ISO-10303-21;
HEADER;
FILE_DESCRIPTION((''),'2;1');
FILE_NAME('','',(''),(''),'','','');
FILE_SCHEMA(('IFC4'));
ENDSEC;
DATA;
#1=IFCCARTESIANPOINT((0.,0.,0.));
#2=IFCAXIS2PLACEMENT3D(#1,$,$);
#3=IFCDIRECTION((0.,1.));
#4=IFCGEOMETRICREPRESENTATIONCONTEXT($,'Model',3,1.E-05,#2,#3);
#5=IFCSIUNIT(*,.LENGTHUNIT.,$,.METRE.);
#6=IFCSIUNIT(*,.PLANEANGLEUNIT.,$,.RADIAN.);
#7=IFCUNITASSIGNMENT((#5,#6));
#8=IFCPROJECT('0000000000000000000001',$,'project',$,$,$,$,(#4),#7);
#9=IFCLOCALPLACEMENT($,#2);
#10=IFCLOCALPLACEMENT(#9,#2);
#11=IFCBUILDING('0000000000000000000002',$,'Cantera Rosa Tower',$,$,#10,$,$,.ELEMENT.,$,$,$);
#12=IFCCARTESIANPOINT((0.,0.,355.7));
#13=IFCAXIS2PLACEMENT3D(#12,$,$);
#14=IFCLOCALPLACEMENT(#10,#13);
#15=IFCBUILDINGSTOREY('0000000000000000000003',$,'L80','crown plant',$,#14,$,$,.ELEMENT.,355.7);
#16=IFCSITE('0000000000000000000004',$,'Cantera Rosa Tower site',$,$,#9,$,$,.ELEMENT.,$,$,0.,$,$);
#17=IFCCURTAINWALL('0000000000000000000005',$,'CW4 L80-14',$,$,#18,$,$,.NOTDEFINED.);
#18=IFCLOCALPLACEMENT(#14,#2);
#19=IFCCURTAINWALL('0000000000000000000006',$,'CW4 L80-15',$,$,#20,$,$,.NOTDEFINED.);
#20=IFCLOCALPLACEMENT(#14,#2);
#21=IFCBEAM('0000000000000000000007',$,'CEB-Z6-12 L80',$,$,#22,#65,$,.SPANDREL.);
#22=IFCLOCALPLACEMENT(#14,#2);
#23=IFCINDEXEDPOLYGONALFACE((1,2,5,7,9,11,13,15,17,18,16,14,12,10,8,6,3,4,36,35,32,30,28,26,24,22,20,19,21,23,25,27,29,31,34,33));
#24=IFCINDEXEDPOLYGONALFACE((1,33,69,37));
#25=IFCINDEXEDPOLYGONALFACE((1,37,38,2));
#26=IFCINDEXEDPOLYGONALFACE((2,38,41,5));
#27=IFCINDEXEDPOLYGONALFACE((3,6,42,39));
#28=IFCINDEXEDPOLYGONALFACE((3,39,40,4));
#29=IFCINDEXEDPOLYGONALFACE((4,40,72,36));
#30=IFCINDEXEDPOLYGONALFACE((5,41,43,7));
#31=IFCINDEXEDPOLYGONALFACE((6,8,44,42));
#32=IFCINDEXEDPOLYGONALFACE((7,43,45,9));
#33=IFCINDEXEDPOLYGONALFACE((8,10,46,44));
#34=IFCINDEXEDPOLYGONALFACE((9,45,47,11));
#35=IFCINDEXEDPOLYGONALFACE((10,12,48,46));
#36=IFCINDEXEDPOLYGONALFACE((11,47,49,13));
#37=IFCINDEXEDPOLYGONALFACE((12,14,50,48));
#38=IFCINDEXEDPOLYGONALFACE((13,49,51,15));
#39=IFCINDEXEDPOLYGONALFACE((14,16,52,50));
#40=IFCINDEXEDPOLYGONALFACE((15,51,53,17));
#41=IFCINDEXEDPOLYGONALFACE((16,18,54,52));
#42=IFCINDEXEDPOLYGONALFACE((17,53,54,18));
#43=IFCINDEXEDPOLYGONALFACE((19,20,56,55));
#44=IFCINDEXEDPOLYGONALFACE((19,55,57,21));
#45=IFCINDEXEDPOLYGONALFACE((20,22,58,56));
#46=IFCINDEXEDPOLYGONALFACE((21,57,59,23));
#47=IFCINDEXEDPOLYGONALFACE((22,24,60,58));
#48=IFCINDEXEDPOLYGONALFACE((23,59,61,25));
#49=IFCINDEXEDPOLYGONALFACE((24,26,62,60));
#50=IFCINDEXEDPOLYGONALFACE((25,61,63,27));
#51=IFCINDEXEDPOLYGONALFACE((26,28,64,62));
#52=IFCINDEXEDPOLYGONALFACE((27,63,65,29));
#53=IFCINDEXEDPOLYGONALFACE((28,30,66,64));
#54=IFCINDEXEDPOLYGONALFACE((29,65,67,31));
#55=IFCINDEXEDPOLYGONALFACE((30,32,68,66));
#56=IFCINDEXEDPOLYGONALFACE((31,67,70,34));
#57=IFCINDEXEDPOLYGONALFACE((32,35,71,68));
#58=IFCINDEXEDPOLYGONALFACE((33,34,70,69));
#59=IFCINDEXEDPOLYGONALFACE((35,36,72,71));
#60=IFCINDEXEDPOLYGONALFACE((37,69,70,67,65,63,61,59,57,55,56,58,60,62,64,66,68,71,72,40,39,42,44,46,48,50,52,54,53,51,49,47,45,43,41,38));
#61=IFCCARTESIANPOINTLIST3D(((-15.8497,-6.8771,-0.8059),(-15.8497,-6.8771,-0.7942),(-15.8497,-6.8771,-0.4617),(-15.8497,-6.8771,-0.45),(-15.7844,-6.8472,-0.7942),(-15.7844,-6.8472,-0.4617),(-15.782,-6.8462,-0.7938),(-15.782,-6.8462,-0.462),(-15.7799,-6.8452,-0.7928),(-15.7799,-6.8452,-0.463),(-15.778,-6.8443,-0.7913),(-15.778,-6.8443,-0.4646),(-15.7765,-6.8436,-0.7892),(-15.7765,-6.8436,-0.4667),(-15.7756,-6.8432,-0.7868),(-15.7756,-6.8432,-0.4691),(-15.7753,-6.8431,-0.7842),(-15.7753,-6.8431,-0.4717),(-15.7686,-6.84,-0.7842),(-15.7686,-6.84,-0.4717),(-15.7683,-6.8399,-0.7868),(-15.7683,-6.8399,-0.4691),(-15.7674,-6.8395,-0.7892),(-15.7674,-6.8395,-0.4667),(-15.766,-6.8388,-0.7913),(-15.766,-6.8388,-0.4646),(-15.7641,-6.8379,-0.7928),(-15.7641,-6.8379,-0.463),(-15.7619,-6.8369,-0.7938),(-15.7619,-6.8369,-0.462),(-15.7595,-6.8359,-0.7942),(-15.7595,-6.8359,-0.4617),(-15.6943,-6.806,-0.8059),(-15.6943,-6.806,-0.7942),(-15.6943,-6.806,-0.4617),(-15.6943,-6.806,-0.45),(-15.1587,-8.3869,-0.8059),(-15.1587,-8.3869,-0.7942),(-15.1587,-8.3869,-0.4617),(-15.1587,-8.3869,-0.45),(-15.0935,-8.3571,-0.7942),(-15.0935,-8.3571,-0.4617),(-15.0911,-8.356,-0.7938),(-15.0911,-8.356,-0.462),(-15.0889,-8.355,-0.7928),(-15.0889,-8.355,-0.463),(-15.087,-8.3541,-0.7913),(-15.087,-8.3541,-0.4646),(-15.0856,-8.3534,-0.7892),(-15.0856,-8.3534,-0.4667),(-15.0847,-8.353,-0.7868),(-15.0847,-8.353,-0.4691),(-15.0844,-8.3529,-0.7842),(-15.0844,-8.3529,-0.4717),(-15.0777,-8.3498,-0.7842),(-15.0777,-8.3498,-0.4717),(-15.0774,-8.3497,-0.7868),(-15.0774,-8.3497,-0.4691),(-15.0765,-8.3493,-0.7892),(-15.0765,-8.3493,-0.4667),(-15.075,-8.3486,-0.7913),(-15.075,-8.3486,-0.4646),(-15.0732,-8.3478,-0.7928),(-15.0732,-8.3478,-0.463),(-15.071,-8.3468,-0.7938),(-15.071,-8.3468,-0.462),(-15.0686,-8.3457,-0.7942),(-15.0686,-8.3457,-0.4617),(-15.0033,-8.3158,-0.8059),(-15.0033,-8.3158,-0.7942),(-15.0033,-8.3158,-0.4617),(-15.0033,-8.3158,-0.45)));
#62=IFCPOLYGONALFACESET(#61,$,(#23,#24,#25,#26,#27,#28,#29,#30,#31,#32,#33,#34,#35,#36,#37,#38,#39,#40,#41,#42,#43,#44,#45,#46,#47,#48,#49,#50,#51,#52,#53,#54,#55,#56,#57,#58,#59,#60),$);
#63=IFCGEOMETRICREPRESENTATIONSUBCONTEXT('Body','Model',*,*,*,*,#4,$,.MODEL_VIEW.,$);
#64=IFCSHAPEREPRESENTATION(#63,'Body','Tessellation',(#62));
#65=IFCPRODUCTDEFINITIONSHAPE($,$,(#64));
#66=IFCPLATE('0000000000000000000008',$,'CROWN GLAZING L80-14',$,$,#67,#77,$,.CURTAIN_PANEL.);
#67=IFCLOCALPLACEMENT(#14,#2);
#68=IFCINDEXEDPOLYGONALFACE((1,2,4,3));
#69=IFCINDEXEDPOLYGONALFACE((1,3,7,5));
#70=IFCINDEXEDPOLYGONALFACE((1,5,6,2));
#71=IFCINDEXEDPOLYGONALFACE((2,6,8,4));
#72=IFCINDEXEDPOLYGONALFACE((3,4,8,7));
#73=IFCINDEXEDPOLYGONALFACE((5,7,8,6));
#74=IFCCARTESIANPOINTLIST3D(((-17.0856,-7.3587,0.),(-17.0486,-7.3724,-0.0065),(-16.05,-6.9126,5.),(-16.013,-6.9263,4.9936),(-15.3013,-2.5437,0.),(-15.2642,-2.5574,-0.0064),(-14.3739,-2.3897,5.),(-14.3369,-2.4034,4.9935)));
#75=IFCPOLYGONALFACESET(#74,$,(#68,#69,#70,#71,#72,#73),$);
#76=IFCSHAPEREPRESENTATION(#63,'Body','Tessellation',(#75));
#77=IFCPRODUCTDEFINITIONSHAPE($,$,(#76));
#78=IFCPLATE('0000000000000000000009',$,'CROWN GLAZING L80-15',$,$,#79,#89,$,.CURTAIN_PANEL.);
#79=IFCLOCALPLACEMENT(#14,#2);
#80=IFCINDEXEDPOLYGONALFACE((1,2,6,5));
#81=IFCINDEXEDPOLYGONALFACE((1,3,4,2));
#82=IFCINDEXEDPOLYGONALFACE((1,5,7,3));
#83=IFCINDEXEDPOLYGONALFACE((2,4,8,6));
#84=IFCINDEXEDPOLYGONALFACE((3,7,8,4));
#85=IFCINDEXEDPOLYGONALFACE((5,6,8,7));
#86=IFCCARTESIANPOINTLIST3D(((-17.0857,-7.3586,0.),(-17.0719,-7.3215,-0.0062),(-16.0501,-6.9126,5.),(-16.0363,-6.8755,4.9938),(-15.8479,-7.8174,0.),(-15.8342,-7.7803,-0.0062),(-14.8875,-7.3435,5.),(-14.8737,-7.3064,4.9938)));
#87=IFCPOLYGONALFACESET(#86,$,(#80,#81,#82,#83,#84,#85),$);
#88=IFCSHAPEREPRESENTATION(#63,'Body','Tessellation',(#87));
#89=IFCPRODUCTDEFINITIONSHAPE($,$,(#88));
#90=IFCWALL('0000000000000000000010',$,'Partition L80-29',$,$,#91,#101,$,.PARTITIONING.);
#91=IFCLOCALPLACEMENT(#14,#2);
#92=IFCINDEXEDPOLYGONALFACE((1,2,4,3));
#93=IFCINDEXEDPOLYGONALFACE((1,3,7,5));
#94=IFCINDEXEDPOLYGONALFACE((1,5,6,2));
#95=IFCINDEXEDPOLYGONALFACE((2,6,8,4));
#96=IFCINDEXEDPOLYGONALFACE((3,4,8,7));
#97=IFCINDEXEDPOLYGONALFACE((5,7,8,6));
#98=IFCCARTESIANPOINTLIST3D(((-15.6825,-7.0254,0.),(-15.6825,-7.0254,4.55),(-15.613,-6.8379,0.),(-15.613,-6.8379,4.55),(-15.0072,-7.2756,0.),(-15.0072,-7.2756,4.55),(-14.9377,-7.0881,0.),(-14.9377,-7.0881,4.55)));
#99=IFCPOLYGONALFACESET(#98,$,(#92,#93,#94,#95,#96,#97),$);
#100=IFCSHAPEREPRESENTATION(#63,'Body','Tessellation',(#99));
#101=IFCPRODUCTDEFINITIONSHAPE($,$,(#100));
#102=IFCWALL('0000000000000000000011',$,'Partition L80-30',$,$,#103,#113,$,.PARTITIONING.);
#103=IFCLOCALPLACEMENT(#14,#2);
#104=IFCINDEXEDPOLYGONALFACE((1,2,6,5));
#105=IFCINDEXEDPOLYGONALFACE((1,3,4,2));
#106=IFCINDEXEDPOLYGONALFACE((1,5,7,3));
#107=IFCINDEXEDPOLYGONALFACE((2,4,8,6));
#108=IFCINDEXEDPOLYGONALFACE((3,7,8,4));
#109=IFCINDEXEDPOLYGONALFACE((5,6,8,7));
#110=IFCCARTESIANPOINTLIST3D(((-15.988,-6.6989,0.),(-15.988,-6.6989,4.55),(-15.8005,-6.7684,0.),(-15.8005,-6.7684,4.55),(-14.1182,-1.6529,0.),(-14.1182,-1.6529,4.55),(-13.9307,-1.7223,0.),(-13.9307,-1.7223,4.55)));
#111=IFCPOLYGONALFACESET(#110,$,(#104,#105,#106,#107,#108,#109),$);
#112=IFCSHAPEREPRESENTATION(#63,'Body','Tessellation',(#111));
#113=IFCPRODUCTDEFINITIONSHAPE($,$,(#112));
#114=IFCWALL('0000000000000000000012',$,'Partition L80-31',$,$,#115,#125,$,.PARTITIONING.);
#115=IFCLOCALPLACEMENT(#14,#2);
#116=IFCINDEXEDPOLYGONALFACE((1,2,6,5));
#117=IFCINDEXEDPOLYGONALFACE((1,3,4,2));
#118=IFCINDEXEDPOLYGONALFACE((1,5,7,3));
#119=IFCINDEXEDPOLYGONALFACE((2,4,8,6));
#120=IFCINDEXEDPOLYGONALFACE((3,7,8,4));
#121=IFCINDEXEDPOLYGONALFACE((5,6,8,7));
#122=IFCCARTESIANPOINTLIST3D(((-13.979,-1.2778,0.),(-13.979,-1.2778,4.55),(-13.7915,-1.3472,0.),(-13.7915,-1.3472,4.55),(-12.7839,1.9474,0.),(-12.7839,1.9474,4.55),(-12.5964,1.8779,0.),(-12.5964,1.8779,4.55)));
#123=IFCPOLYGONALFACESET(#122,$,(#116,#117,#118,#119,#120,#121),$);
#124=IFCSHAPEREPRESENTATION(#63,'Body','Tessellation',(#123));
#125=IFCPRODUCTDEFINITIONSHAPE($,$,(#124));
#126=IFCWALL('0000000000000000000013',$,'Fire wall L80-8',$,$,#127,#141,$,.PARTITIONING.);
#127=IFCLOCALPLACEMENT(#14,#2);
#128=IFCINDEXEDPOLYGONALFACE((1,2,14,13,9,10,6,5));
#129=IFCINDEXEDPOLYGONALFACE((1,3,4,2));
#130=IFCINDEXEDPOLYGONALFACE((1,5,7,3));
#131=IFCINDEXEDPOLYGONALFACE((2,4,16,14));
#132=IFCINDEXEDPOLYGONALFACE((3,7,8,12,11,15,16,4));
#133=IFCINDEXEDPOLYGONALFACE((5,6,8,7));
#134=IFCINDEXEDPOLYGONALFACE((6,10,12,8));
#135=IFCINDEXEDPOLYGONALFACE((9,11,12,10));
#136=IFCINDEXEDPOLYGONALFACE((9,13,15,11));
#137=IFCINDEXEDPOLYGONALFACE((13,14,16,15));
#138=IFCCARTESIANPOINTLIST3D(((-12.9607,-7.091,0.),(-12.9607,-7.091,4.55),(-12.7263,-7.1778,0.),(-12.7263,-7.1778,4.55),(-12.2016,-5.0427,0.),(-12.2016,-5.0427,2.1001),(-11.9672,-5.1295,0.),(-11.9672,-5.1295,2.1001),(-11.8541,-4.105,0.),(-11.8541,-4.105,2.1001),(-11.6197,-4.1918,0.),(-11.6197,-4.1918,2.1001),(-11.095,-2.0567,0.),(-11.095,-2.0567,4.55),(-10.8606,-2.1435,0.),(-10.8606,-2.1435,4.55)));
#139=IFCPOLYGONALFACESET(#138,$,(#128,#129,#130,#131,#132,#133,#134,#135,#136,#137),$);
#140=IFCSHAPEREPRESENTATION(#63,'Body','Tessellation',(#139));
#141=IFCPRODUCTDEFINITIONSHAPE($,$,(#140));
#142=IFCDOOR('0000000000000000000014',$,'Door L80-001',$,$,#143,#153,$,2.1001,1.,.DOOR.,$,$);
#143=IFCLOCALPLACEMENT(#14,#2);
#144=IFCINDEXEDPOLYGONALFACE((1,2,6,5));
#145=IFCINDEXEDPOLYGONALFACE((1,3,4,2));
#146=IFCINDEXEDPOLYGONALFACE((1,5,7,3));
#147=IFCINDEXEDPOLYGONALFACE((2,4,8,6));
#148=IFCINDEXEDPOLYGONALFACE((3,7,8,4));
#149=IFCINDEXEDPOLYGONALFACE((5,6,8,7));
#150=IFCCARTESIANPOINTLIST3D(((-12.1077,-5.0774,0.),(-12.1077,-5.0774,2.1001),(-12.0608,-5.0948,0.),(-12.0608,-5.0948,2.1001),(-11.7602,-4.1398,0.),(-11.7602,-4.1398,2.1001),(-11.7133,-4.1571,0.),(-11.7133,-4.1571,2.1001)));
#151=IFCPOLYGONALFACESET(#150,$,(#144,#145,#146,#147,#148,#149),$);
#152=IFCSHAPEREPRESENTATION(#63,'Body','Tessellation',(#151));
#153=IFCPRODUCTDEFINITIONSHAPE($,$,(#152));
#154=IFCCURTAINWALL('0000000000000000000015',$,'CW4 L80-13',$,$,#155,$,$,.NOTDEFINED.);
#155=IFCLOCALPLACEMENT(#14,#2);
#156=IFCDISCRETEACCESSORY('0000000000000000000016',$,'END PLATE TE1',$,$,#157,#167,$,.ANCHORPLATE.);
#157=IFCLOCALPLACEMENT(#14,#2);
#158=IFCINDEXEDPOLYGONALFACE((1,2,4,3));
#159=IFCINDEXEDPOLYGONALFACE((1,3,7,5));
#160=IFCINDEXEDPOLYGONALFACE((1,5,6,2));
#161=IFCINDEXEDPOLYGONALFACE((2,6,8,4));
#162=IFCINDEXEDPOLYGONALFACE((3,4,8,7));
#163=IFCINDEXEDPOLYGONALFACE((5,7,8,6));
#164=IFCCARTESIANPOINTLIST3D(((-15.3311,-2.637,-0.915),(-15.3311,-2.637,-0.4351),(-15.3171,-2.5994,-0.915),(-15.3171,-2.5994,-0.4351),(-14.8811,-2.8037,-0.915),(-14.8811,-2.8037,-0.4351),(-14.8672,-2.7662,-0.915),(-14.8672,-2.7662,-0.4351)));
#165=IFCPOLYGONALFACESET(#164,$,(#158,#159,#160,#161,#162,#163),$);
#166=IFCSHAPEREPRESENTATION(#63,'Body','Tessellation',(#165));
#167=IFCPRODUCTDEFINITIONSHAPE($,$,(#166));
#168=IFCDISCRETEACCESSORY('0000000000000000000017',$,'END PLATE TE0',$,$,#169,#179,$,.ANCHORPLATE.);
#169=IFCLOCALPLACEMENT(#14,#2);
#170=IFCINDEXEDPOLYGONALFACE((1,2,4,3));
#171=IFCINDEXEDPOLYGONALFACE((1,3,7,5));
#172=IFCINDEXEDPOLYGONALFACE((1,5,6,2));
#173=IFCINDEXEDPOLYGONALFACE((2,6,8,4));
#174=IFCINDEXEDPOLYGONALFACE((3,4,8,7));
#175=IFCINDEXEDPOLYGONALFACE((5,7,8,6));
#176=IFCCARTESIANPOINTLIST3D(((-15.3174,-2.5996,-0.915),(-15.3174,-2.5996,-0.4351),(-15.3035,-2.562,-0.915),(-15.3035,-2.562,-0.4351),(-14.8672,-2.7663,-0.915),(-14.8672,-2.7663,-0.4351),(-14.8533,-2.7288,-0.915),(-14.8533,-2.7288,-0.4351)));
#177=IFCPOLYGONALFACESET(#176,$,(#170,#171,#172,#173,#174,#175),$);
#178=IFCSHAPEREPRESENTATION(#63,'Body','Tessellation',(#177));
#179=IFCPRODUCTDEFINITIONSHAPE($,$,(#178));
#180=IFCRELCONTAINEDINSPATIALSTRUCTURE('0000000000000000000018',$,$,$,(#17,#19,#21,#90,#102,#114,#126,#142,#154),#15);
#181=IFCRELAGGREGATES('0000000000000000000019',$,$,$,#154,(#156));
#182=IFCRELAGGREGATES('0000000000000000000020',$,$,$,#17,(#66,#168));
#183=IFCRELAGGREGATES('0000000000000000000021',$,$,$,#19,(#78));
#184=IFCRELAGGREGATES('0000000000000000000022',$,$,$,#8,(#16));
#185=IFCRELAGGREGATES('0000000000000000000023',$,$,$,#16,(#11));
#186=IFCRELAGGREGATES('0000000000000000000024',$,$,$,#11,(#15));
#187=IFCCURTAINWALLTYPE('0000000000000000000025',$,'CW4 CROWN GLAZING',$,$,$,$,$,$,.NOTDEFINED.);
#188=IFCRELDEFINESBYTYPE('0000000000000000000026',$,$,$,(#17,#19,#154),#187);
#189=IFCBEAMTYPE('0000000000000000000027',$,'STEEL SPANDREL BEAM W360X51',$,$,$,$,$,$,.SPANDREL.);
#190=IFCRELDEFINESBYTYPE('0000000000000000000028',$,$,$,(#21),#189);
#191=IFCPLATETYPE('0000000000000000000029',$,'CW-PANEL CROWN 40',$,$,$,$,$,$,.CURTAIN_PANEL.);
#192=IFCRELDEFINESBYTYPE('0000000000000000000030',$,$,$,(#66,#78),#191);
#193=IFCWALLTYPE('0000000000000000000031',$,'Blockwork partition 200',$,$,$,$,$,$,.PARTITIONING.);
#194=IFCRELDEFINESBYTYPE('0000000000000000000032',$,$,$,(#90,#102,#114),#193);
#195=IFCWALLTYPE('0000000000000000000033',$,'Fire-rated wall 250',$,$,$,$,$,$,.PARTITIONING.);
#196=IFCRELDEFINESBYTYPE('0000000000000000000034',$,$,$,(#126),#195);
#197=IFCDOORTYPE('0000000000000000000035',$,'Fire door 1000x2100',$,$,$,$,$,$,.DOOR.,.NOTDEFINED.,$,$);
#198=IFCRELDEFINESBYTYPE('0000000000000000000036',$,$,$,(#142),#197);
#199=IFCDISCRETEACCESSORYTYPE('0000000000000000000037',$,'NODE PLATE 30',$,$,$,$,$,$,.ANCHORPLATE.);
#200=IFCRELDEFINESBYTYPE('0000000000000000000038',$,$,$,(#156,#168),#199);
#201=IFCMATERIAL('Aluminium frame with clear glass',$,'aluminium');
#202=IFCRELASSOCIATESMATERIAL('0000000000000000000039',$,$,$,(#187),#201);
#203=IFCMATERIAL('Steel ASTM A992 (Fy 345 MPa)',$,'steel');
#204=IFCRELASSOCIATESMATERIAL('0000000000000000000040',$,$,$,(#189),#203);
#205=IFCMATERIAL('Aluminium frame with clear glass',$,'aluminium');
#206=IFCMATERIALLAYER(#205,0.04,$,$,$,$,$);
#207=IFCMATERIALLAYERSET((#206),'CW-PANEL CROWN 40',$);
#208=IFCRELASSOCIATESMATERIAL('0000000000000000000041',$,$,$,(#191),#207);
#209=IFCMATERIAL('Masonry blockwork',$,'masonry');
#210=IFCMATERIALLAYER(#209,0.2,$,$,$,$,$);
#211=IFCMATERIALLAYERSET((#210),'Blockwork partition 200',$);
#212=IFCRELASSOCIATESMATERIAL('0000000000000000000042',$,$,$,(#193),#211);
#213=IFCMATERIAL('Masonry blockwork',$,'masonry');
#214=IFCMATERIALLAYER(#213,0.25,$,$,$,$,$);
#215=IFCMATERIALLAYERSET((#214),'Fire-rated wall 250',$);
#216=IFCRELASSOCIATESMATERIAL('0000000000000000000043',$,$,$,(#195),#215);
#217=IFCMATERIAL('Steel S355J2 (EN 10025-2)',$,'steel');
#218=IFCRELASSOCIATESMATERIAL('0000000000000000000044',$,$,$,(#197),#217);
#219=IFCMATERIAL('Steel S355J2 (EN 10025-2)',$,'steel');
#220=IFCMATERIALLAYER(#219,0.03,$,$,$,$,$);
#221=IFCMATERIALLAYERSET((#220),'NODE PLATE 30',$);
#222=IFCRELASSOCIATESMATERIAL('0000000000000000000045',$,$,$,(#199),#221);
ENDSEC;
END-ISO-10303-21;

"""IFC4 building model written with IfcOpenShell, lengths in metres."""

from ifc_helpers import new_model, si_unit, direction, frame, frame_2d, origin, origin_2d, place, context, subcontext, project, spatial, polyline, rectangle, i_section, outline, extrude, material, layer, layer_set, material_profile, profile_set, type_object, element, fill, aggregate, save


model = new_model("IFC4")

# Units and contexts
model_context = context("Model", 3, precision=1e-05, world=origin(), true_north=direction((0.0, 1.0)))
body_context = subcontext(model_context, "Body", "Model", "MODEL_VIEW")
ifc_project = project(units=[si_unit("LENGTHUNIT", "METRE"), si_unit("PLANEANGLEUNIT", "RADIAN")], contexts=[model_context])

# Site, building, storey
site_placement = place(None, origin())
site = spatial("IfcSite", under=ifc_project, at=site_placement, Name="Cantera Rosa Tower site", CompositionType="ELEMENT", RefElevation=0.0)
building_placement = place(site_placement, origin())
building = spatial("IfcBuilding", under=site, at=building_placement, Name="Cantera Rosa Tower", CompositionType="ELEMENT")
storey_placement = place(building_placement, frame((0.0, 0.0, 355.7)))
storey = spatial("IfcBuildingStorey", under=building, at=storey_placement, Name="L80", Description="crown plant", CompositionType="ELEMENT", Elevation=355.7)

# Curtain walls
ifc_material_1 = material(Name="Aluminium frame with clear glass", Category="aluminium")
curtain_wall_type = type_object("IfcCurtainWallType", Name="CW4 CROWN GLAZING", PredefinedType="NOTDEFINED", material=ifc_material_1)
curtain_wall_1_placement = place(storey_placement, origin())
curtain_wall_1 = element("IfcCurtainWall", 1, at=curtain_wall_1_placement, inside=storey, type_object=curtain_wall_type, Name="CW4 L80-14", PredefinedType="NOTDEFINED")
curtain_wall_2_placement = place(storey_placement, origin())
curtain_wall_2 = element("IfcCurtainWall", 2, at=curtain_wall_2_placement, inside=storey, type_object=curtain_wall_type, Name="CW4 L80-15", PredefinedType="NOTDEFINED")

# Beam
ifc_material_2 = material(Name="Steel ASTM A992 (Fy 345 MPa)", Category="steel")
ifc_material_profile_1 = material_profile(ifc_material_2, i_section(OverallWidth=0.1709, OverallDepth=0.356, WebThickness=0.0073, FlangeThickness=0.0117, FilletRadius=0.01, at=origin_2d()), Name="W360X51")
ifc_profile_set_1 = profile_set([ifc_material_profile_1], Name="Steel ASTM A992 (Fy 345 MPa)")
beam_type_1 = type_object("IfcBeamType", Name="STEEL SPANDREL BEAM W360X51", PredefinedType="SPANDREL", material=ifc_profile_set_1)
beam_1_placement = place(storey_placement, frame((-15.772, -6.8416, -0.6279), z_axis=(0.416128, -0.909306, 0.0), x_axis=(0.909306, 0.416128, 0.0)))
element("IfcBeam", 3, at=beam_1_placement, inside=storey, type_object=beam_type_1, Name="CEB-Z6-12 L80", PredefinedType="SPANDREL", context=body_context, shape_type="SweptSolid", body=[
    extrude(i_section(OverallWidth=0.1709, OverallDepth=0.356, WebThickness=0.0073, FlangeThickness=0.0117, FilletRadius=0.01, at=origin_2d()), origin(), (0.0, 0.0, 1.0), 1.6604),
])

# Plates
ifc_material_3 = material(Name="Aluminium frame with clear glass", Category="aluminium")
ifc_layer_1 = layer(ifc_material_3, 0.04)
ifc_layer_set_1 = layer_set([ifc_layer_1], Name="CW-PANEL CROWN 40")
plate_type = type_object("IfcPlateType", Name="CW-PANEL CROWN 40", PredefinedType="CURTAIN_PANEL", material=ifc_layer_set_1)
plate_1_placement = place(storey_placement, frame((-15.3013, -2.5437, 0.0), z_axis=(-0.92544, 0.342951, 0.161073), x_axis=(-0.347489, -0.937684, -0.000003)))
plate_1 = element("IfcPlate", 4, at=plate_1_placement, type_object=plate_type, Name="CROWN GLAZING L80-14", PredefinedType="CURTAIN_PANEL", context=body_context, shape_type="SweptSolid", body=[
    extrude(outline(polyline([(0.0, 0.0), (5.135, 0.0), (4.3568, 5.0662), (-0.4667, 5.0661), (0.0, 0.0)])), origin(), (0.0, 0.0, -1.0), 0.04),
])
plate_2_placement = place(storey_placement, frame((-17.0857, -7.3586, 0.0), z_axis=(-0.343392, -0.926518, 0.153777), x_axis=(0.937671, -0.347525, 0.000002)))
plate_2 = element("IfcPlate", 5, at=plate_2_placement, type_object=plate_type, Name="CROWN GLAZING L80-15", PredefinedType="CURTAIN_PANEL", context=body_context, shape_type="SweptSolid", body=[
    extrude(outline(polyline([(0.0, 0.0), (1.3201, 0.0), (2.056, 5.0602), (0.8161, 5.0602), (0.0, 0.0)])), origin(), (0.0, 0.0, -1.0), 0.04),
])

# Walls
ifc_material_4 = material(Name="Masonry blockwork", Category="masonry")
ifc_layer_2 = layer(ifc_material_4, 0.2)
ifc_layer_set_2 = layer_set([ifc_layer_2], Name="Blockwork partition 200")
wall_type_1 = type_object("IfcWallType", Name="Blockwork partition 200", PredefinedType="PARTITIONING", material=ifc_layer_set_2)
wall_1_placement = place(storey_placement, frame((-14.9724, -7.1819, 0.0), z_axis=(0.0, 0.0, 1.0), x_axis=(-0.937687, 0.34748, 0.0)))
element("IfcWall", 6, at=wall_1_placement, inside=storey, type_object=wall_type_1, Name="Partition L80-29", PredefinedType="PARTITIONING", context=body_context, shape_type="SweptSolid", body=[
    extrude(rectangle(XDim=0.7202, YDim=0.2, at=frame_2d((0.3601, 0.0))), origin(), (0.0, 0.0, 1.0), 4.55),
])
wall_2_placement = place(storey_placement, frame((-15.8943, -6.7336, 0.0), z_axis=(0.0, 0.0, 1.0), x_axis=(0.347467, 0.937692, 0.0)))
element("IfcWall", 7, at=wall_2_placement, inside=storey, type_object=wall_type_1, Name="Partition L80-30", PredefinedType="PARTITIONING", context=body_context, shape_type="SweptSolid", body=[
    extrude(rectangle(XDim=5.3813, YDim=0.2, at=frame_2d((2.6907, 0.0))), origin(), (0.0, 0.0, 1.0), 4.55),
])
wall_3_placement = place(storey_placement, frame((-13.8853, -1.3125, 0.0), z_axis=(0.0, 0.0, 1.0), x_axis=(0.347465, 0.937693, 0.0)))
element("IfcWall", 8, at=wall_3_placement, inside=storey, type_object=wall_type_1, Name="Partition L80-31", PredefinedType="PARTITIONING", context=body_context, shape_type="SweptSolid", body=[
    extrude(rectangle(XDim=3.4395, YDim=0.2, at=frame_2d((1.7197, 0.0))), origin(), (0.0, 0.0, 1.0), 4.55),
])

# Wall, opening, door
ifc_material_5 = material(Name="Masonry blockwork", Category="masonry")
ifc_layer_3 = layer(ifc_material_5, 0.25)
ifc_layer_set_3 = layer_set([ifc_layer_3], Name="Fire-rated wall 250")
wall_type_2 = type_object("IfcWallType", Name="Fire-rated wall 250", PredefinedType="PARTITIONING", material=ifc_layer_set_3)
wall_4_placement = place(storey_placement, frame((-12.8435, -7.1345, 0.0), z_axis=(0.0, 0.0, 1.0), x_axis=(0.347498, 0.937681, 0.0)))
wall_4 = element("IfcWall", 9, at=wall_4_placement, inside=storey, type_object=wall_type_2, Name="Fire wall L80-8", PredefinedType="PARTITIONING", context=body_context, shape_type="SweptSolid", body=[
    extrude(rectangle(XDim=5.3689, YDim=0.25, at=frame_2d((2.6846, 0.0))), origin(), (0.0, 0.0, 1.0), 4.55),
])
opening_placement = place(wall_4_placement, frame((2.1846, 0.0, 0.0)))
opening = element("IfcOpeningElement", 10, at=opening_placement, cuts=wall_4, PredefinedType="OPENING", context=body_context, shape_type="SweptSolid", body=[
    extrude(rectangle(XDim=1.0, YDim=2.1001, at=frame_2d((0.5, 1.05))), frame((0.0, 0.135, 0.0), z_axis=(0.0, -1.0, 0.0), x_axis=(1.0, 0.0, 0.0)), (0.0, 0.0, 1.0), 0.27),
])
ifc_material_6 = material(Name="Steel S355J2 (EN 10025-2)", Category="steel")
door_type = type_object("IfcDoorType", Name="Fire door 1000x2100", OperationType="NOTDEFINED", PredefinedType="DOOR", material=ifc_material_6)
door_placement = place(opening_placement, origin())
door = element("IfcDoor", 11, at=door_placement, inside=storey, type_object=door_type, Name="Door L80-001", OverallHeight=2.1001, OverallWidth=1.0, PredefinedType="DOOR", context=body_context, shape_type="SweptSolid", body=[
    extrude(rectangle(XDim=1.0, YDim=2.1001, at=frame_2d((0.5, 1.05))), frame((0.0, 0.0249, 0.0), z_axis=(0.0, -1.0, 0.0), x_axis=(1.0, 0.0, 0.0)), (0.0, 0.0, 1.0), 0.05),
])
fill(opening, door)

# Curtain wall, discrete accessory
curtain_wall_3_placement = place(storey_placement, origin())
curtain_wall_3 = element("IfcCurtainWall", 12, at=curtain_wall_3_placement, inside=storey, type_object=curtain_wall_type, Name="CW4 L80-13", PredefinedType="NOTDEFINED")
ifc_material_7 = material(Name="Steel S355J2 (EN 10025-2)", Category="steel")
ifc_layer_4 = layer(ifc_material_7, 0.03)
ifc_layer_set_4 = layer_set([ifc_layer_4], Name="NODE PLATE 30")
discrete_accessory_type = type_object("IfcDiscreteAccessoryType", Name="NODE PLATE 30", PredefinedType="ANCHORPLATE", material=ifc_layer_set_4)
discrete_accessory_1_placement = place(storey_placement, frame((-14.8811, -2.8037, -0.4351), z_axis=(-0.347497, -0.937681, 0.0), x_axis=(-0.937681, 0.347497, 0.0)))
discrete_accessory_1 = element("IfcDiscreteAccessory", 13, at=discrete_accessory_1_placement, type_object=discrete_accessory_type, Name="END PLATE TE1", PredefinedType="ANCHORPLATE", context=body_context, shape_type="SweptSolid", body=[
    extrude(outline(polyline([(0.0, 0.0), (0.4799, 0.0), (0.4799, 0.48), (0.0, 0.48), (0.0, 0.0)])), origin(), (0.0, 0.0, -1.0), 0.04),
])
aggregate(curtain_wall_3, [discrete_accessory_1])

# Discrete accessory
discrete_accessory_2_placement = place(storey_placement, frame((-15.3035, -2.562, -0.4351), z_axis=(0.347331, 0.937743, 0.0), x_axis=(0.937743, -0.347331, 0.0)))
discrete_accessory_2 = element("IfcDiscreteAccessory", 14, at=discrete_accessory_2_placement, type_object=discrete_accessory_type, Name="END PLATE TE0", PredefinedType="ANCHORPLATE", context=body_context, shape_type="SweptSolid", body=[
    extrude(outline(polyline([(0.0, 0.0), (0.4801, 0.0), (0.4801, 0.48), (0.0, 0.48), (0.0, 0.0)])), origin(), (0.0, 0.0, -1.0), 0.04),
])
aggregate(curtain_wall_1, [plate_1, discrete_accessory_2])
aggregate(curtain_wall_2, [plate_2])

save(model, "model.ifc")
